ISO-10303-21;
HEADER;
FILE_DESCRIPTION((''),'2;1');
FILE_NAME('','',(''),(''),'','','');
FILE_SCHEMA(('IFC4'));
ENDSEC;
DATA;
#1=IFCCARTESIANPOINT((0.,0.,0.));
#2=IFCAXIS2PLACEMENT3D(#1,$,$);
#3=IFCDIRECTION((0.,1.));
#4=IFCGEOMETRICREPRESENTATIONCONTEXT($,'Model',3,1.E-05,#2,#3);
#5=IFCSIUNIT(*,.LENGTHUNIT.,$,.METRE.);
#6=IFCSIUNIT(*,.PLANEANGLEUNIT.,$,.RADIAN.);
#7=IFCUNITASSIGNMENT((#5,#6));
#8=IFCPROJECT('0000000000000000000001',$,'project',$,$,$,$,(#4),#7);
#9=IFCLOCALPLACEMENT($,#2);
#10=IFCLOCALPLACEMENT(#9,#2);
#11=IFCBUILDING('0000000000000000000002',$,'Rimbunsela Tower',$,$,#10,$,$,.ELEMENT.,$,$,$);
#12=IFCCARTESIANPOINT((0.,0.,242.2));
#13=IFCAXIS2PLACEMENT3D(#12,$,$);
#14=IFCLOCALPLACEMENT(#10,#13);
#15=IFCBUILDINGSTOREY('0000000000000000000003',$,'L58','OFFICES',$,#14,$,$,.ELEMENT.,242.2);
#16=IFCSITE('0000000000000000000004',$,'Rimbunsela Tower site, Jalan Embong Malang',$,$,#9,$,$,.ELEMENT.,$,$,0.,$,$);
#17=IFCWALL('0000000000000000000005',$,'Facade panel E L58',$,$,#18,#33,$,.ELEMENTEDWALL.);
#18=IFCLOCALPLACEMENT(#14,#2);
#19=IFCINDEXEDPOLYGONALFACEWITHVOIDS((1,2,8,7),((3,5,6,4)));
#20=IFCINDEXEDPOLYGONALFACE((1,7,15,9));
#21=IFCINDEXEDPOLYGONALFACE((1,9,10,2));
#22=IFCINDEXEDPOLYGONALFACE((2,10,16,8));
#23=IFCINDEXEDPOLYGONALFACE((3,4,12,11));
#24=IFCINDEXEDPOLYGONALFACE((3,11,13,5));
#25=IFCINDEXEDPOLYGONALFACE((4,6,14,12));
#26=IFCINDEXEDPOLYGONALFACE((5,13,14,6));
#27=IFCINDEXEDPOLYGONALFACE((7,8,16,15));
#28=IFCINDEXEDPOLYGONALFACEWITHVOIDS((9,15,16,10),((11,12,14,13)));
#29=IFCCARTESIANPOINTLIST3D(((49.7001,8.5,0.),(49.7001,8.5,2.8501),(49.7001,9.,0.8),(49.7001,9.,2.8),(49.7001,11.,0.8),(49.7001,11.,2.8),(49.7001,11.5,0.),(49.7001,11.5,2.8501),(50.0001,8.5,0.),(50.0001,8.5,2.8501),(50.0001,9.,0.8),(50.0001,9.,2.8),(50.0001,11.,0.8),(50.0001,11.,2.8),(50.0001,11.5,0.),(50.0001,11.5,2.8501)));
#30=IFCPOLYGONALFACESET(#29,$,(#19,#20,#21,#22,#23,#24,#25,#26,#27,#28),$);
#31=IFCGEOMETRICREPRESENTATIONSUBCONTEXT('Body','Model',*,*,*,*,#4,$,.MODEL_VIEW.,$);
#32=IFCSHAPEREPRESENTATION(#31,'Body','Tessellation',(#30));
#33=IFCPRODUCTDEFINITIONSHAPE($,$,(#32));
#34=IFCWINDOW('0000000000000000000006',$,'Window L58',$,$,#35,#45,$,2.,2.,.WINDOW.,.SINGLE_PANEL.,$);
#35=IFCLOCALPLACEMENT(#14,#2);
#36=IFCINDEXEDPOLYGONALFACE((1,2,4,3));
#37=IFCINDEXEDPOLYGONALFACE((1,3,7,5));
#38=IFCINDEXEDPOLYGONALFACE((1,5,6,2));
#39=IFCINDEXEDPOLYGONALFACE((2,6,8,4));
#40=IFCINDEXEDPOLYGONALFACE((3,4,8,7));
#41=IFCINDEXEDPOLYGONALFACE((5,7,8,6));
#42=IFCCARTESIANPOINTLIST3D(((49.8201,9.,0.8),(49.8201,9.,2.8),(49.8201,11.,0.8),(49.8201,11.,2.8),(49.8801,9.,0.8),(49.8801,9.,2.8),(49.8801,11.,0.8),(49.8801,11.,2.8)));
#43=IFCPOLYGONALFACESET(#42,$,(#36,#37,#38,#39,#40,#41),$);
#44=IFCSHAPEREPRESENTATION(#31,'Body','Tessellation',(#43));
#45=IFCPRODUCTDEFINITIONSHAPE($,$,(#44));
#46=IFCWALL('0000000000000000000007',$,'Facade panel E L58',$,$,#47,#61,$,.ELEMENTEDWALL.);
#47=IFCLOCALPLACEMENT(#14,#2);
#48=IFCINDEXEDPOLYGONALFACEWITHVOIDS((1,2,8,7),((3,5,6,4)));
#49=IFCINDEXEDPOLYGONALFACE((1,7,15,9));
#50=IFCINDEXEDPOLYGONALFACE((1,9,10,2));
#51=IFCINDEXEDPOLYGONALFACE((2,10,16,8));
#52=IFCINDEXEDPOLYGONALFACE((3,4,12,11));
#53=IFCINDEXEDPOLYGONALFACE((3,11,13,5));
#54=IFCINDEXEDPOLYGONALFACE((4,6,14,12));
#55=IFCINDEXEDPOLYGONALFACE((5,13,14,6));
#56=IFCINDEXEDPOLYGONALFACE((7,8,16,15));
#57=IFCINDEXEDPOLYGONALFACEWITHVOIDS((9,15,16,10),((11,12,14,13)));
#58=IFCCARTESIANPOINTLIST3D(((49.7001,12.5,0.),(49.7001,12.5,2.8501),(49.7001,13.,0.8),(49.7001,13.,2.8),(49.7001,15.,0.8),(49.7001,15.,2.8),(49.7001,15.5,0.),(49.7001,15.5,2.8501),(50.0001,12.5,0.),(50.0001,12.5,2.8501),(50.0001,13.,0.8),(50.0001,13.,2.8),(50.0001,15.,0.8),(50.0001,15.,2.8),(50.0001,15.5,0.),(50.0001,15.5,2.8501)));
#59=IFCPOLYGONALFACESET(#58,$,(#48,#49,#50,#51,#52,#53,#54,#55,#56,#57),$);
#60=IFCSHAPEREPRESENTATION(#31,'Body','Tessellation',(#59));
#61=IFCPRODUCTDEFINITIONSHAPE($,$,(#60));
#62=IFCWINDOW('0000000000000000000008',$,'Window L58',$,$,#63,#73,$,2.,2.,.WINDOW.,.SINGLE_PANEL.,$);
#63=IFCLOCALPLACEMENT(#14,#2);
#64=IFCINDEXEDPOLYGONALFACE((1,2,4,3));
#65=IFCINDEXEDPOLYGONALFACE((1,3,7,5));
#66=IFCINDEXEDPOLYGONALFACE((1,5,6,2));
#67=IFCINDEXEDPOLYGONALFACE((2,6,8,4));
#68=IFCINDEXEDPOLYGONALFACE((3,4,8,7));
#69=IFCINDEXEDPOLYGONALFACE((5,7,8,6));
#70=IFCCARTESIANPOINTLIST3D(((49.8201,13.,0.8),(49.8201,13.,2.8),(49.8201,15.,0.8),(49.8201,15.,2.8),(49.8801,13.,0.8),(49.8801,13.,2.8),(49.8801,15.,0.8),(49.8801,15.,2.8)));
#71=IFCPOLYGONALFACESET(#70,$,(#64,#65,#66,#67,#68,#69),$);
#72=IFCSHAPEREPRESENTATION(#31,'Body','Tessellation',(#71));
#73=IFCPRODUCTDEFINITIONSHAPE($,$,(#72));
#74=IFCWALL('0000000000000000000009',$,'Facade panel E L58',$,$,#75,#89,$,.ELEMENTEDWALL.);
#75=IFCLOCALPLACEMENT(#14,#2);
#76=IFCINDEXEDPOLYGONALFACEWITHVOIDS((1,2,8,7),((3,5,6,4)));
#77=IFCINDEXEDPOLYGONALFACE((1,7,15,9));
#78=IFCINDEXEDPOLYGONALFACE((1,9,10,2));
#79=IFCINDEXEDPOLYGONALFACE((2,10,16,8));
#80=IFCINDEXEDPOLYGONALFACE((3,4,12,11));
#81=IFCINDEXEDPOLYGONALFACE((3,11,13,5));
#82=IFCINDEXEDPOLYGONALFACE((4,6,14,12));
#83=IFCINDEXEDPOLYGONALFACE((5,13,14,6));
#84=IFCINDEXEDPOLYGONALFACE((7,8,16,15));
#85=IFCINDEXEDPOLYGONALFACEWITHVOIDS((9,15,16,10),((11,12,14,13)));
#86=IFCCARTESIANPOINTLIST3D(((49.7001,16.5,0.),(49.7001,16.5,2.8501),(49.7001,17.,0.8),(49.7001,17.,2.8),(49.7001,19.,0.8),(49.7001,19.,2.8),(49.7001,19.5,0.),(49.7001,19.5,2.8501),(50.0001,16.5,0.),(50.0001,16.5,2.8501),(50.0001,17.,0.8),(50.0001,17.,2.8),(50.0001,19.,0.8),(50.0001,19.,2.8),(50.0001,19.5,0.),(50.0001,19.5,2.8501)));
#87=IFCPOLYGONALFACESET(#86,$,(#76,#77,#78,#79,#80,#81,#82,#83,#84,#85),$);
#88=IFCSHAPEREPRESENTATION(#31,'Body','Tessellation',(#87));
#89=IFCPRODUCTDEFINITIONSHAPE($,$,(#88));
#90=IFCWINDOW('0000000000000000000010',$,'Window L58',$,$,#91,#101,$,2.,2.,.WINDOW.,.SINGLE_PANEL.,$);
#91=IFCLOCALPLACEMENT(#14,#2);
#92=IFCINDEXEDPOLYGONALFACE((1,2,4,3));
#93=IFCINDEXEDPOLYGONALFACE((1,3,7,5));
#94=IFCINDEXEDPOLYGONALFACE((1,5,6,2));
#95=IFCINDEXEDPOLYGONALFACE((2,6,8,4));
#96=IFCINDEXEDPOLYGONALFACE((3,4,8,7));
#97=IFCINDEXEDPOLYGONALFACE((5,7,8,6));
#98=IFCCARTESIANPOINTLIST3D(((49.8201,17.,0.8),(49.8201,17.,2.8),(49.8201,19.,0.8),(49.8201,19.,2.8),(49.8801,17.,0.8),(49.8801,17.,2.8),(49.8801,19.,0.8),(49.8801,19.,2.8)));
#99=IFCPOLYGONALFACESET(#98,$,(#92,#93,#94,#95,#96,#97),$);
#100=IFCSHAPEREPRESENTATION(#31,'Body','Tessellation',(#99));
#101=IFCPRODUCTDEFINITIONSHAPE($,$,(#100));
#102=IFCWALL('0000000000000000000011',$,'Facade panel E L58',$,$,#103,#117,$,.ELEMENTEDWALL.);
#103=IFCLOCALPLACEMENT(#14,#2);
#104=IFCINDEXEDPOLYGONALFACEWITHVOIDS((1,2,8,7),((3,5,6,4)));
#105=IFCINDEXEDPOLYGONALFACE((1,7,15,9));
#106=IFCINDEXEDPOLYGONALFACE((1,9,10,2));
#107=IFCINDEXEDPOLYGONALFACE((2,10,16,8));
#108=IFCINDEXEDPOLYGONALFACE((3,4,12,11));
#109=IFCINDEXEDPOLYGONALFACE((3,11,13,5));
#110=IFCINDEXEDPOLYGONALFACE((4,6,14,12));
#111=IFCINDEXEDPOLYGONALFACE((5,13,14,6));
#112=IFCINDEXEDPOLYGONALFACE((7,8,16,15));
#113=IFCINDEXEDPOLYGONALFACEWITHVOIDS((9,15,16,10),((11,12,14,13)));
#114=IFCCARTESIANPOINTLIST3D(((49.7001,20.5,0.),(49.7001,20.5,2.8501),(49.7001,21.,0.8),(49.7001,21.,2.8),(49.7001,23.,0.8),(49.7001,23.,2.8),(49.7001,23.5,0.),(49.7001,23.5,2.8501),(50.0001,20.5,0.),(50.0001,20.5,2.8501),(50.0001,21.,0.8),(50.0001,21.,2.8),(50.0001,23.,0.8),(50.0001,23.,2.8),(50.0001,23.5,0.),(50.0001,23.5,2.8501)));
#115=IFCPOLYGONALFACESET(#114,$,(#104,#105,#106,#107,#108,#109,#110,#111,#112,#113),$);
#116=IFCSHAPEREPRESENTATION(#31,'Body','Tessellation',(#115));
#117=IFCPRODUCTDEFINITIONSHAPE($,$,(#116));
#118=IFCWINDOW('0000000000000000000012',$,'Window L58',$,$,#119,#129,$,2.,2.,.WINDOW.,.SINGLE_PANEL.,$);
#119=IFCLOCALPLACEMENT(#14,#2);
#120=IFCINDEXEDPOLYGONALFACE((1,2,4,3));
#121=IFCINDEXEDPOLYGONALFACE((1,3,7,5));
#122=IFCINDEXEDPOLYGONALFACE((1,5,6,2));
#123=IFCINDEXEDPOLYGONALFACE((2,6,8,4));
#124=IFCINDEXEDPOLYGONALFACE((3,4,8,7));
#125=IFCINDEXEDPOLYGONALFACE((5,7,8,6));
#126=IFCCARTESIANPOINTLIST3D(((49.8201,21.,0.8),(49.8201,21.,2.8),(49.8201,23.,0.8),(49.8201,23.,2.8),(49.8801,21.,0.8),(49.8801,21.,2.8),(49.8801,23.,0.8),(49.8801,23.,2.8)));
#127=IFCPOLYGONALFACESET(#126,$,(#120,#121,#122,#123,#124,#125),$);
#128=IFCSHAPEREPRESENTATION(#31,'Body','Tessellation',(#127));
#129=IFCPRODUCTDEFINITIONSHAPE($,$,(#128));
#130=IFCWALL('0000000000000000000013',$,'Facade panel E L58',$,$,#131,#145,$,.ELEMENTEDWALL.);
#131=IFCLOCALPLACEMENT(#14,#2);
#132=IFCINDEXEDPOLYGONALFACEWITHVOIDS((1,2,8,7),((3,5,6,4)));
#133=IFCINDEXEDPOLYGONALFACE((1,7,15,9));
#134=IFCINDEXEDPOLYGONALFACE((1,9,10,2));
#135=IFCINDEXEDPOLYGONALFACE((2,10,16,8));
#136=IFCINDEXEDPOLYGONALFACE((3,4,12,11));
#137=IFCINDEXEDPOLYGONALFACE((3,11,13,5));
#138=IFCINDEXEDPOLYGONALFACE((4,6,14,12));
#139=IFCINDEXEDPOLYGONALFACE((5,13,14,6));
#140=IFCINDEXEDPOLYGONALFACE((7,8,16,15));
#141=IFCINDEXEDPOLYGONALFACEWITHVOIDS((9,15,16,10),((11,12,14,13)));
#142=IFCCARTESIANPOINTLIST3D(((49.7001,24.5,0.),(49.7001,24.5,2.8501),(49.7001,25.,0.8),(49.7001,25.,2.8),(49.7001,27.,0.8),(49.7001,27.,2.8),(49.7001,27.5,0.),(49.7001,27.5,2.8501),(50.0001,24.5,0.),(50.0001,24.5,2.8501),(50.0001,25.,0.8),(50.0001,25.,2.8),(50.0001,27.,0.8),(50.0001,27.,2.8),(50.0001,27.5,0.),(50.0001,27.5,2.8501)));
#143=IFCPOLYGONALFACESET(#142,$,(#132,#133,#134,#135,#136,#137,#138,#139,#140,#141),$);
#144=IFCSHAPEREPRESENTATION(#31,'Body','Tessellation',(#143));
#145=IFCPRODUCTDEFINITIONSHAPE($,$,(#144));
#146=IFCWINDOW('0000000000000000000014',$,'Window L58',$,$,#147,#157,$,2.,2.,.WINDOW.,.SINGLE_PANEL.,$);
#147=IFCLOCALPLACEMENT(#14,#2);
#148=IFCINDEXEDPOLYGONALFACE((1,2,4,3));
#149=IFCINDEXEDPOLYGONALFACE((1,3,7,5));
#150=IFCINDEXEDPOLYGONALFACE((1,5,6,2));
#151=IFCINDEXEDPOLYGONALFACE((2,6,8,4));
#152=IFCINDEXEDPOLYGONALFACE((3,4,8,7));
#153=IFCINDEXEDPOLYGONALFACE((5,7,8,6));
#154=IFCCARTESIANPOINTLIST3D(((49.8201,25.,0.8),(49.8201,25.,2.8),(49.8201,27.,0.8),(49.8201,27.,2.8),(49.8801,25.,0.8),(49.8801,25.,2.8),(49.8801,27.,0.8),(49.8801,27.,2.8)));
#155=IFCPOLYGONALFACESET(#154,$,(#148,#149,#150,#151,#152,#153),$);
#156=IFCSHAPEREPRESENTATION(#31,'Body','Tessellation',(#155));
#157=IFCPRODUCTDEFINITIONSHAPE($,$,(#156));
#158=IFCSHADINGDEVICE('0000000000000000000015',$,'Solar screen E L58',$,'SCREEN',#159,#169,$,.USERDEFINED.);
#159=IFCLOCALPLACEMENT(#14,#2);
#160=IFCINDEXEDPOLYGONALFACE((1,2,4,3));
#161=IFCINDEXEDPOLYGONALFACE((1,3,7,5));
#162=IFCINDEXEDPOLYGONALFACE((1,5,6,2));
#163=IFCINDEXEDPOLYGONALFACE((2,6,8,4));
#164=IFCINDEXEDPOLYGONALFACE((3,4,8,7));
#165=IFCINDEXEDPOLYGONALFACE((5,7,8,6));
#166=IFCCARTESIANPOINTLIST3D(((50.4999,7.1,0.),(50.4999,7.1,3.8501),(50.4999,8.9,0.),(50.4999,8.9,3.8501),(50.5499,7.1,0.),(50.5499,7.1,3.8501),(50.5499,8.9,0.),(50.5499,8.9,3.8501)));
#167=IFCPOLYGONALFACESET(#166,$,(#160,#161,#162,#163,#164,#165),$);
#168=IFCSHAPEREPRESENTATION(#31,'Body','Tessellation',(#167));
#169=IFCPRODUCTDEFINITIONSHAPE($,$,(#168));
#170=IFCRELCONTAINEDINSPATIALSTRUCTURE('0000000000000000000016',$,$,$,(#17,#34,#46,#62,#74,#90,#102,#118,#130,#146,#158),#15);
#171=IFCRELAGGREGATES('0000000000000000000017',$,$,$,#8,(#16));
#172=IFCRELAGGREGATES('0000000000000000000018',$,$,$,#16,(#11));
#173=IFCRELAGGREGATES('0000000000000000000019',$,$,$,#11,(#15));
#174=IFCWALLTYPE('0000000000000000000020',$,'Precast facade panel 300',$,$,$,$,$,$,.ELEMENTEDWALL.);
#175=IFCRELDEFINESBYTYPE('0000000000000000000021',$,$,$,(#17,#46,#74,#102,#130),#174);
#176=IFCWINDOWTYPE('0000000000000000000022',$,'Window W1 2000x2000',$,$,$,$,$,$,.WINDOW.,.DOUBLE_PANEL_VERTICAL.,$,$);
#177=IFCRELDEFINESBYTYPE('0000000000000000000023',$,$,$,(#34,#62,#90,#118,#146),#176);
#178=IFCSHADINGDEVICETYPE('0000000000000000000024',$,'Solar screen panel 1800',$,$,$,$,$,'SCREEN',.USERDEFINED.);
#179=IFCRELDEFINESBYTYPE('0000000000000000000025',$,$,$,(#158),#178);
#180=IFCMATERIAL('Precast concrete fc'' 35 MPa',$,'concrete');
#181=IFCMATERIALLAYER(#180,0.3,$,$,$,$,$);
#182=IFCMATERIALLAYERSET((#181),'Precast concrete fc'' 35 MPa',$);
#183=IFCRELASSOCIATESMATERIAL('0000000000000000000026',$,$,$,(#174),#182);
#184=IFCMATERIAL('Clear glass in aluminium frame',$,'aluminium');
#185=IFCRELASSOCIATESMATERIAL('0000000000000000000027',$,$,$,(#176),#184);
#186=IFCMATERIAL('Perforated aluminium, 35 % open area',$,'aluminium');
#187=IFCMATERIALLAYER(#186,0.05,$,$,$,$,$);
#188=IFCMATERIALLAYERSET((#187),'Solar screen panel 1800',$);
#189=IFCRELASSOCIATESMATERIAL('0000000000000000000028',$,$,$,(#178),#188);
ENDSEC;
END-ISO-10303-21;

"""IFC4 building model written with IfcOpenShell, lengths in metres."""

from ifc_helpers import new_model, si_unit, direction, frame, frame_2d, origin, origin_2d, place, context, subcontext, project, spatial, rectangle, extrude, material, layer, layer_set, type_object, element, fill, save


model = new_model("IFC4")

# Units and contexts
model_context = context("Model", 3, precision=1e-05, world=origin(), true_north=direction((0.0, 1.0)))
body_context = subcontext(model_context, "Body", "Model", "MODEL_VIEW")
ifc_project = project(units=[si_unit("LENGTHUNIT", "METRE"), si_unit("PLANEANGLEUNIT", "RADIAN")], contexts=[model_context])

# Site, building, storey
site_placement = place(None, origin())
site = spatial("IfcSite", under=ifc_project, at=site_placement, Name="Rimbunsela Tower site, Jalan Embong Malang", CompositionType="ELEMENT", RefElevation=0.0)
building_placement = place(site_placement, origin())
building = spatial("IfcBuilding", under=site, at=building_placement, Name="Rimbunsela Tower", CompositionType="ELEMENT")
storey_placement = place(building_placement, frame((0.0, 0.0, 242.2)))
storey = spatial("IfcBuildingStorey", under=building, at=storey_placement, Name="L58", Description="OFFICES", CompositionType="ELEMENT", Elevation=242.2)

# Walls, openings, windows
ifc_material_1 = material(Name="Precast concrete fc' 35 MPa", Category="concrete")
ifc_layer_1 = layer(ifc_material_1, 0.3)
ifc_layer_set_1 = layer_set([ifc_layer_1], Name="Precast concrete fc' 35 MPa")
wall_type_1 = type_object("IfcWallType", Name="Precast facade panel 300", PredefinedType="ELEMENTEDWALL", material=ifc_layer_set_1)
wall_1_placement = place(storey_placement, frame((49.8501, 8.5, 0.0), z_axis=(0.0, 0.0, 1.0), x_axis=(0.0, 1.0, 0.0)))
wall_1 = element("IfcWall", 1, at=wall_1_placement, inside=storey, type_object=wall_type_1, Name="Facade panel E L58", PredefinedType="ELEMENTEDWALL", context=body_context, shape_type="SweptSolid", body=[
    extrude(rectangle(XDim=3.0, YDim=0.3, at=frame_2d((1.5, 0.0))), origin(), (0.0, 0.0, 1.0), 2.8501),
])
opening_1_placement = place(wall_1_placement, frame((0.5, 0.0, 0.8)))
opening_1 = element("IfcOpeningElement", 2, at=opening_1_placement, cuts=wall_1, PredefinedType="OPENING", context=body_context, shape_type="SweptSolid", body=[
    extrude(rectangle(XDim=2.0, YDim=2.0, at=frame_2d((1.0, 1.0))), frame((0.0, 0.1599, 0.0), z_axis=(0.0, -1.0, 0.0), x_axis=(1.0, 0.0, 0.0)), (0.0, 0.0, 1.0), 0.3201),
])
ifc_material_2 = material(Name="Clear glass in aluminium frame", Category="aluminium")
window_type = type_object("IfcWindowType", Name="Window W1 2000x2000", PartitioningType="DOUBLE_PANEL_VERTICAL", PredefinedType="WINDOW", material=ifc_material_2)
window_1_placement = place(opening_1_placement, origin())
window_1 = element("IfcWindow", 3, at=window_1_placement, inside=storey, type_object=window_type, Name="Window L58", OverallHeight=2.0, OverallWidth=2.0, PartitioningType="SINGLE_PANEL", PredefinedType="WINDOW", context=body_context, shape_type="SweptSolid", body=[
    extrude(rectangle(XDim=2.0, YDim=2.0, at=frame_2d((1.0, 1.0))), frame((0.0, 0.03, 0.0), z_axis=(0.0, -1.0, 0.0), x_axis=(1.0, 0.0, 0.0)), (0.0, 0.0, 1.0), 0.0601),
])
fill(opening_1, window_1)
wall_2_placement = place(storey_placement, frame((49.8501, 12.5, 0.0), z_axis=(0.0, 0.0, 1.0), x_axis=(0.0, 1.0, 0.0)))
wall_2 = element("IfcWall", 4, at=wall_2_placement, inside=storey, type_object=wall_type_1, Name="Facade panel E L58", PredefinedType="ELEMENTEDWALL", context=body_context, shape_type="SweptSolid", body=[
    extrude(rectangle(XDim=3.0, YDim=0.3, at=frame_2d((1.5, 0.0))), origin(), (0.0, 0.0, 1.0), 2.8501),
])
opening_2_placement = place(wall_2_placement, frame((0.5, 0.0, 0.8)))
opening_2 = element("IfcOpeningElement", 5, at=opening_2_placement, cuts=wall_2, PredefinedType="OPENING", context=body_context, shape_type="SweptSolid", body=[
    extrude(rectangle(XDim=2.0, YDim=2.0, at=frame_2d((1.0, 1.0))), frame((0.0, 0.1599, 0.0), z_axis=(0.0, -1.0, 0.0), x_axis=(1.0, 0.0, 0.0)), (0.0, 0.0, 1.0), 0.3201),
])
window_2_placement = place(opening_2_placement, origin())
window_2 = element("IfcWindow", 6, at=window_2_placement, inside=storey, type_object=window_type, Name="Window L58", OverallHeight=2.0, OverallWidth=2.0, PartitioningType="SINGLE_PANEL", PredefinedType="WINDOW", context=body_context, shape_type="SweptSolid", body=[
    extrude(rectangle(XDim=2.0, YDim=2.0, at=frame_2d((1.0, 1.0))), frame((0.0, 0.03, 0.0), z_axis=(0.0, -1.0, 0.0), x_axis=(1.0, 0.0, 0.0)), (0.0, 0.0, 1.0), 0.0601),
])
fill(opening_2, window_2)
wall_3_placement = place(storey_placement, frame((49.8501, 16.5, 0.0), z_axis=(0.0, 0.0, 1.0), x_axis=(0.0, 1.0, 0.0)))
wall_3 = element("IfcWall", 7, at=wall_3_placement, inside=storey, type_object=wall_type_1, Name="Facade panel E L58", PredefinedType="ELEMENTEDWALL", context=body_context, shape_type="SweptSolid", body=[
    extrude(rectangle(XDim=3.0, YDim=0.3, at=frame_2d((1.5, 0.0))), origin(), (0.0, 0.0, 1.0), 2.8501),
])
opening_3_placement = place(wall_3_placement, frame((0.5, 0.0, 0.8)))
opening_3 = element("IfcOpeningElement", 8, at=opening_3_placement, cuts=wall_3, PredefinedType="OPENING", context=body_context, shape_type="SweptSolid", body=[
    extrude(rectangle(XDim=2.0, YDim=2.0, at=frame_2d((1.0, 1.0))), frame((0.0, 0.1599, 0.0), z_axis=(0.0, -1.0, 0.0), x_axis=(1.0, 0.0, 0.0)), (0.0, 0.0, 1.0), 0.3201),
])
window_3_placement = place(opening_3_placement, origin())
window_3 = element("IfcWindow", 9, at=window_3_placement, inside=storey, type_object=window_type, Name="Window L58", OverallHeight=2.0, OverallWidth=2.0, PartitioningType="SINGLE_PANEL", PredefinedType="WINDOW", context=body_context, shape_type="SweptSolid", body=[
    extrude(rectangle(XDim=2.0, YDim=2.0, at=frame_2d((1.0, 1.0))), frame((0.0, 0.03, 0.0), z_axis=(0.0, -1.0, 0.0), x_axis=(1.0, 0.0, 0.0)), (0.0, 0.0, 1.0), 0.0601),
])
fill(opening_3, window_3)
wall_4_placement = place(storey_placement, frame((49.8501, 20.5, 0.0), z_axis=(0.0, 0.0, 1.0), x_axis=(0.0, 1.0, 0.0)))
wall_4 = element("IfcWall", 10, at=wall_4_placement, inside=storey, type_object=wall_type_1, Name="Facade panel E L58", PredefinedType="ELEMENTEDWALL", context=body_context, shape_type="SweptSolid", body=[
    extrude(rectangle(XDim=3.0, YDim=0.3, at=frame_2d((1.5, 0.0))), origin(), (0.0, 0.0, 1.0), 2.8501),
])
opening_4_placement = place(wall_4_placement, frame((0.5, 0.0, 0.8)))
opening_4 = element("IfcOpeningElement", 11, at=opening_4_placement, cuts=wall_4, PredefinedType="OPENING", context=body_context, shape_type="SweptSolid", body=[
    extrude(rectangle(XDim=2.0, YDim=2.0, at=frame_2d((1.0, 1.0))), frame((0.0, 0.1599, 0.0), z_axis=(0.0, -1.0, 0.0), x_axis=(1.0, 0.0, 0.0)), (0.0, 0.0, 1.0), 0.3201),
])
window_4_placement = place(opening_4_placement, origin())
window_4 = element("IfcWindow", 12, at=window_4_placement, inside=storey, type_object=window_type, Name="Window L58", OverallHeight=2.0, OverallWidth=2.0, PartitioningType="SINGLE_PANEL", PredefinedType="WINDOW", context=body_context, shape_type="SweptSolid", body=[
    extrude(rectangle(XDim=2.0, YDim=2.0, at=frame_2d((1.0, 1.0))), frame((0.0, 0.03, 0.0), z_axis=(0.0, -1.0, 0.0), x_axis=(1.0, 0.0, 0.0)), (0.0, 0.0, 1.0), 0.0601),
])
fill(opening_4, window_4)
wall_5_placement = place(storey_placement, frame((49.8501, 24.5, 0.0), z_axis=(0.0, 0.0, 1.0), x_axis=(0.0, 1.0, 0.0)))
wall_5 = element("IfcWall", 13, at=wall_5_placement, inside=storey, type_object=wall_type_1, Name="Facade panel E L58", PredefinedType="ELEMENTEDWALL", context=body_context, shape_type="SweptSolid", body=[
    extrude(rectangle(XDim=3.0, YDim=0.3, at=frame_2d((1.5, 0.0))), origin(), (0.0, 0.0, 1.0), 2.8501),
])
opening_5_placement = place(wall_5_placement, frame((0.5, 0.0, 0.8)))
opening_5 = element("IfcOpeningElement", 14, at=opening_5_placement, cuts=wall_5, PredefinedType="OPENING", context=body_context, shape_type="SweptSolid", body=[
    extrude(rectangle(XDim=2.0, YDim=2.0, at=frame_2d((1.0, 1.0))), frame((0.0, 0.1599, 0.0), z_axis=(0.0, -1.0, 0.0), x_axis=(1.0, 0.0, 0.0)), (0.0, 0.0, 1.0), 0.3201),
])
window_5_placement = place(opening_5_placement, origin())
window_5 = element("IfcWindow", 15, at=window_5_placement, inside=storey, type_object=window_type, Name="Window L58", OverallHeight=2.0, OverallWidth=2.0, PartitioningType="SINGLE_PANEL", PredefinedType="WINDOW", context=body_context, shape_type="SweptSolid", body=[
    extrude(rectangle(XDim=2.0, YDim=2.0, at=frame_2d((1.0, 1.0))), frame((0.0, 0.03, 0.0), z_axis=(0.0, -1.0, 0.0), x_axis=(1.0, 0.0, 0.0)), (0.0, 0.0, 1.0), 0.0601),
])
fill(opening_5, window_5)

# Shading device
ifc_material_3 = material(Name="Perforated aluminium, 35 % open area", Category="aluminium")
ifc_layer_2 = layer(ifc_material_3, 0.05)
ifc_layer_set_2 = layer_set([ifc_layer_2], Name="Solar screen panel 1800")
shading_device_type = type_object("IfcShadingDeviceType", Name="Solar screen panel 1800", ElementType="SCREEN", PredefinedType="USERDEFINED", material=ifc_layer_set_2)
for number, where, z_axis, x_axis, name in (
    (16, (50.5249, 8.0, 0.0), (0.0, 0.0, 1.0), (0.0, 1.0, 0.0), "Solar screen E L58"),
):
    element("IfcShadingDevice", number, at=place(storey_placement, frame(where, z_axis=z_axis, x_axis=x_axis)), inside=storey, type_object=shading_device_type, Name=name, ObjectType="SCREEN", PredefinedType="USERDEFINED", context=body_context, shape_type="SweptSolid", body=[
        extrude(rectangle(XDim=1.8, YDim=0.05, at=origin_2d()), origin(), (0.0, 0.0, 1.0), 3.8501),
    ])

save(model, "model.ifc")
